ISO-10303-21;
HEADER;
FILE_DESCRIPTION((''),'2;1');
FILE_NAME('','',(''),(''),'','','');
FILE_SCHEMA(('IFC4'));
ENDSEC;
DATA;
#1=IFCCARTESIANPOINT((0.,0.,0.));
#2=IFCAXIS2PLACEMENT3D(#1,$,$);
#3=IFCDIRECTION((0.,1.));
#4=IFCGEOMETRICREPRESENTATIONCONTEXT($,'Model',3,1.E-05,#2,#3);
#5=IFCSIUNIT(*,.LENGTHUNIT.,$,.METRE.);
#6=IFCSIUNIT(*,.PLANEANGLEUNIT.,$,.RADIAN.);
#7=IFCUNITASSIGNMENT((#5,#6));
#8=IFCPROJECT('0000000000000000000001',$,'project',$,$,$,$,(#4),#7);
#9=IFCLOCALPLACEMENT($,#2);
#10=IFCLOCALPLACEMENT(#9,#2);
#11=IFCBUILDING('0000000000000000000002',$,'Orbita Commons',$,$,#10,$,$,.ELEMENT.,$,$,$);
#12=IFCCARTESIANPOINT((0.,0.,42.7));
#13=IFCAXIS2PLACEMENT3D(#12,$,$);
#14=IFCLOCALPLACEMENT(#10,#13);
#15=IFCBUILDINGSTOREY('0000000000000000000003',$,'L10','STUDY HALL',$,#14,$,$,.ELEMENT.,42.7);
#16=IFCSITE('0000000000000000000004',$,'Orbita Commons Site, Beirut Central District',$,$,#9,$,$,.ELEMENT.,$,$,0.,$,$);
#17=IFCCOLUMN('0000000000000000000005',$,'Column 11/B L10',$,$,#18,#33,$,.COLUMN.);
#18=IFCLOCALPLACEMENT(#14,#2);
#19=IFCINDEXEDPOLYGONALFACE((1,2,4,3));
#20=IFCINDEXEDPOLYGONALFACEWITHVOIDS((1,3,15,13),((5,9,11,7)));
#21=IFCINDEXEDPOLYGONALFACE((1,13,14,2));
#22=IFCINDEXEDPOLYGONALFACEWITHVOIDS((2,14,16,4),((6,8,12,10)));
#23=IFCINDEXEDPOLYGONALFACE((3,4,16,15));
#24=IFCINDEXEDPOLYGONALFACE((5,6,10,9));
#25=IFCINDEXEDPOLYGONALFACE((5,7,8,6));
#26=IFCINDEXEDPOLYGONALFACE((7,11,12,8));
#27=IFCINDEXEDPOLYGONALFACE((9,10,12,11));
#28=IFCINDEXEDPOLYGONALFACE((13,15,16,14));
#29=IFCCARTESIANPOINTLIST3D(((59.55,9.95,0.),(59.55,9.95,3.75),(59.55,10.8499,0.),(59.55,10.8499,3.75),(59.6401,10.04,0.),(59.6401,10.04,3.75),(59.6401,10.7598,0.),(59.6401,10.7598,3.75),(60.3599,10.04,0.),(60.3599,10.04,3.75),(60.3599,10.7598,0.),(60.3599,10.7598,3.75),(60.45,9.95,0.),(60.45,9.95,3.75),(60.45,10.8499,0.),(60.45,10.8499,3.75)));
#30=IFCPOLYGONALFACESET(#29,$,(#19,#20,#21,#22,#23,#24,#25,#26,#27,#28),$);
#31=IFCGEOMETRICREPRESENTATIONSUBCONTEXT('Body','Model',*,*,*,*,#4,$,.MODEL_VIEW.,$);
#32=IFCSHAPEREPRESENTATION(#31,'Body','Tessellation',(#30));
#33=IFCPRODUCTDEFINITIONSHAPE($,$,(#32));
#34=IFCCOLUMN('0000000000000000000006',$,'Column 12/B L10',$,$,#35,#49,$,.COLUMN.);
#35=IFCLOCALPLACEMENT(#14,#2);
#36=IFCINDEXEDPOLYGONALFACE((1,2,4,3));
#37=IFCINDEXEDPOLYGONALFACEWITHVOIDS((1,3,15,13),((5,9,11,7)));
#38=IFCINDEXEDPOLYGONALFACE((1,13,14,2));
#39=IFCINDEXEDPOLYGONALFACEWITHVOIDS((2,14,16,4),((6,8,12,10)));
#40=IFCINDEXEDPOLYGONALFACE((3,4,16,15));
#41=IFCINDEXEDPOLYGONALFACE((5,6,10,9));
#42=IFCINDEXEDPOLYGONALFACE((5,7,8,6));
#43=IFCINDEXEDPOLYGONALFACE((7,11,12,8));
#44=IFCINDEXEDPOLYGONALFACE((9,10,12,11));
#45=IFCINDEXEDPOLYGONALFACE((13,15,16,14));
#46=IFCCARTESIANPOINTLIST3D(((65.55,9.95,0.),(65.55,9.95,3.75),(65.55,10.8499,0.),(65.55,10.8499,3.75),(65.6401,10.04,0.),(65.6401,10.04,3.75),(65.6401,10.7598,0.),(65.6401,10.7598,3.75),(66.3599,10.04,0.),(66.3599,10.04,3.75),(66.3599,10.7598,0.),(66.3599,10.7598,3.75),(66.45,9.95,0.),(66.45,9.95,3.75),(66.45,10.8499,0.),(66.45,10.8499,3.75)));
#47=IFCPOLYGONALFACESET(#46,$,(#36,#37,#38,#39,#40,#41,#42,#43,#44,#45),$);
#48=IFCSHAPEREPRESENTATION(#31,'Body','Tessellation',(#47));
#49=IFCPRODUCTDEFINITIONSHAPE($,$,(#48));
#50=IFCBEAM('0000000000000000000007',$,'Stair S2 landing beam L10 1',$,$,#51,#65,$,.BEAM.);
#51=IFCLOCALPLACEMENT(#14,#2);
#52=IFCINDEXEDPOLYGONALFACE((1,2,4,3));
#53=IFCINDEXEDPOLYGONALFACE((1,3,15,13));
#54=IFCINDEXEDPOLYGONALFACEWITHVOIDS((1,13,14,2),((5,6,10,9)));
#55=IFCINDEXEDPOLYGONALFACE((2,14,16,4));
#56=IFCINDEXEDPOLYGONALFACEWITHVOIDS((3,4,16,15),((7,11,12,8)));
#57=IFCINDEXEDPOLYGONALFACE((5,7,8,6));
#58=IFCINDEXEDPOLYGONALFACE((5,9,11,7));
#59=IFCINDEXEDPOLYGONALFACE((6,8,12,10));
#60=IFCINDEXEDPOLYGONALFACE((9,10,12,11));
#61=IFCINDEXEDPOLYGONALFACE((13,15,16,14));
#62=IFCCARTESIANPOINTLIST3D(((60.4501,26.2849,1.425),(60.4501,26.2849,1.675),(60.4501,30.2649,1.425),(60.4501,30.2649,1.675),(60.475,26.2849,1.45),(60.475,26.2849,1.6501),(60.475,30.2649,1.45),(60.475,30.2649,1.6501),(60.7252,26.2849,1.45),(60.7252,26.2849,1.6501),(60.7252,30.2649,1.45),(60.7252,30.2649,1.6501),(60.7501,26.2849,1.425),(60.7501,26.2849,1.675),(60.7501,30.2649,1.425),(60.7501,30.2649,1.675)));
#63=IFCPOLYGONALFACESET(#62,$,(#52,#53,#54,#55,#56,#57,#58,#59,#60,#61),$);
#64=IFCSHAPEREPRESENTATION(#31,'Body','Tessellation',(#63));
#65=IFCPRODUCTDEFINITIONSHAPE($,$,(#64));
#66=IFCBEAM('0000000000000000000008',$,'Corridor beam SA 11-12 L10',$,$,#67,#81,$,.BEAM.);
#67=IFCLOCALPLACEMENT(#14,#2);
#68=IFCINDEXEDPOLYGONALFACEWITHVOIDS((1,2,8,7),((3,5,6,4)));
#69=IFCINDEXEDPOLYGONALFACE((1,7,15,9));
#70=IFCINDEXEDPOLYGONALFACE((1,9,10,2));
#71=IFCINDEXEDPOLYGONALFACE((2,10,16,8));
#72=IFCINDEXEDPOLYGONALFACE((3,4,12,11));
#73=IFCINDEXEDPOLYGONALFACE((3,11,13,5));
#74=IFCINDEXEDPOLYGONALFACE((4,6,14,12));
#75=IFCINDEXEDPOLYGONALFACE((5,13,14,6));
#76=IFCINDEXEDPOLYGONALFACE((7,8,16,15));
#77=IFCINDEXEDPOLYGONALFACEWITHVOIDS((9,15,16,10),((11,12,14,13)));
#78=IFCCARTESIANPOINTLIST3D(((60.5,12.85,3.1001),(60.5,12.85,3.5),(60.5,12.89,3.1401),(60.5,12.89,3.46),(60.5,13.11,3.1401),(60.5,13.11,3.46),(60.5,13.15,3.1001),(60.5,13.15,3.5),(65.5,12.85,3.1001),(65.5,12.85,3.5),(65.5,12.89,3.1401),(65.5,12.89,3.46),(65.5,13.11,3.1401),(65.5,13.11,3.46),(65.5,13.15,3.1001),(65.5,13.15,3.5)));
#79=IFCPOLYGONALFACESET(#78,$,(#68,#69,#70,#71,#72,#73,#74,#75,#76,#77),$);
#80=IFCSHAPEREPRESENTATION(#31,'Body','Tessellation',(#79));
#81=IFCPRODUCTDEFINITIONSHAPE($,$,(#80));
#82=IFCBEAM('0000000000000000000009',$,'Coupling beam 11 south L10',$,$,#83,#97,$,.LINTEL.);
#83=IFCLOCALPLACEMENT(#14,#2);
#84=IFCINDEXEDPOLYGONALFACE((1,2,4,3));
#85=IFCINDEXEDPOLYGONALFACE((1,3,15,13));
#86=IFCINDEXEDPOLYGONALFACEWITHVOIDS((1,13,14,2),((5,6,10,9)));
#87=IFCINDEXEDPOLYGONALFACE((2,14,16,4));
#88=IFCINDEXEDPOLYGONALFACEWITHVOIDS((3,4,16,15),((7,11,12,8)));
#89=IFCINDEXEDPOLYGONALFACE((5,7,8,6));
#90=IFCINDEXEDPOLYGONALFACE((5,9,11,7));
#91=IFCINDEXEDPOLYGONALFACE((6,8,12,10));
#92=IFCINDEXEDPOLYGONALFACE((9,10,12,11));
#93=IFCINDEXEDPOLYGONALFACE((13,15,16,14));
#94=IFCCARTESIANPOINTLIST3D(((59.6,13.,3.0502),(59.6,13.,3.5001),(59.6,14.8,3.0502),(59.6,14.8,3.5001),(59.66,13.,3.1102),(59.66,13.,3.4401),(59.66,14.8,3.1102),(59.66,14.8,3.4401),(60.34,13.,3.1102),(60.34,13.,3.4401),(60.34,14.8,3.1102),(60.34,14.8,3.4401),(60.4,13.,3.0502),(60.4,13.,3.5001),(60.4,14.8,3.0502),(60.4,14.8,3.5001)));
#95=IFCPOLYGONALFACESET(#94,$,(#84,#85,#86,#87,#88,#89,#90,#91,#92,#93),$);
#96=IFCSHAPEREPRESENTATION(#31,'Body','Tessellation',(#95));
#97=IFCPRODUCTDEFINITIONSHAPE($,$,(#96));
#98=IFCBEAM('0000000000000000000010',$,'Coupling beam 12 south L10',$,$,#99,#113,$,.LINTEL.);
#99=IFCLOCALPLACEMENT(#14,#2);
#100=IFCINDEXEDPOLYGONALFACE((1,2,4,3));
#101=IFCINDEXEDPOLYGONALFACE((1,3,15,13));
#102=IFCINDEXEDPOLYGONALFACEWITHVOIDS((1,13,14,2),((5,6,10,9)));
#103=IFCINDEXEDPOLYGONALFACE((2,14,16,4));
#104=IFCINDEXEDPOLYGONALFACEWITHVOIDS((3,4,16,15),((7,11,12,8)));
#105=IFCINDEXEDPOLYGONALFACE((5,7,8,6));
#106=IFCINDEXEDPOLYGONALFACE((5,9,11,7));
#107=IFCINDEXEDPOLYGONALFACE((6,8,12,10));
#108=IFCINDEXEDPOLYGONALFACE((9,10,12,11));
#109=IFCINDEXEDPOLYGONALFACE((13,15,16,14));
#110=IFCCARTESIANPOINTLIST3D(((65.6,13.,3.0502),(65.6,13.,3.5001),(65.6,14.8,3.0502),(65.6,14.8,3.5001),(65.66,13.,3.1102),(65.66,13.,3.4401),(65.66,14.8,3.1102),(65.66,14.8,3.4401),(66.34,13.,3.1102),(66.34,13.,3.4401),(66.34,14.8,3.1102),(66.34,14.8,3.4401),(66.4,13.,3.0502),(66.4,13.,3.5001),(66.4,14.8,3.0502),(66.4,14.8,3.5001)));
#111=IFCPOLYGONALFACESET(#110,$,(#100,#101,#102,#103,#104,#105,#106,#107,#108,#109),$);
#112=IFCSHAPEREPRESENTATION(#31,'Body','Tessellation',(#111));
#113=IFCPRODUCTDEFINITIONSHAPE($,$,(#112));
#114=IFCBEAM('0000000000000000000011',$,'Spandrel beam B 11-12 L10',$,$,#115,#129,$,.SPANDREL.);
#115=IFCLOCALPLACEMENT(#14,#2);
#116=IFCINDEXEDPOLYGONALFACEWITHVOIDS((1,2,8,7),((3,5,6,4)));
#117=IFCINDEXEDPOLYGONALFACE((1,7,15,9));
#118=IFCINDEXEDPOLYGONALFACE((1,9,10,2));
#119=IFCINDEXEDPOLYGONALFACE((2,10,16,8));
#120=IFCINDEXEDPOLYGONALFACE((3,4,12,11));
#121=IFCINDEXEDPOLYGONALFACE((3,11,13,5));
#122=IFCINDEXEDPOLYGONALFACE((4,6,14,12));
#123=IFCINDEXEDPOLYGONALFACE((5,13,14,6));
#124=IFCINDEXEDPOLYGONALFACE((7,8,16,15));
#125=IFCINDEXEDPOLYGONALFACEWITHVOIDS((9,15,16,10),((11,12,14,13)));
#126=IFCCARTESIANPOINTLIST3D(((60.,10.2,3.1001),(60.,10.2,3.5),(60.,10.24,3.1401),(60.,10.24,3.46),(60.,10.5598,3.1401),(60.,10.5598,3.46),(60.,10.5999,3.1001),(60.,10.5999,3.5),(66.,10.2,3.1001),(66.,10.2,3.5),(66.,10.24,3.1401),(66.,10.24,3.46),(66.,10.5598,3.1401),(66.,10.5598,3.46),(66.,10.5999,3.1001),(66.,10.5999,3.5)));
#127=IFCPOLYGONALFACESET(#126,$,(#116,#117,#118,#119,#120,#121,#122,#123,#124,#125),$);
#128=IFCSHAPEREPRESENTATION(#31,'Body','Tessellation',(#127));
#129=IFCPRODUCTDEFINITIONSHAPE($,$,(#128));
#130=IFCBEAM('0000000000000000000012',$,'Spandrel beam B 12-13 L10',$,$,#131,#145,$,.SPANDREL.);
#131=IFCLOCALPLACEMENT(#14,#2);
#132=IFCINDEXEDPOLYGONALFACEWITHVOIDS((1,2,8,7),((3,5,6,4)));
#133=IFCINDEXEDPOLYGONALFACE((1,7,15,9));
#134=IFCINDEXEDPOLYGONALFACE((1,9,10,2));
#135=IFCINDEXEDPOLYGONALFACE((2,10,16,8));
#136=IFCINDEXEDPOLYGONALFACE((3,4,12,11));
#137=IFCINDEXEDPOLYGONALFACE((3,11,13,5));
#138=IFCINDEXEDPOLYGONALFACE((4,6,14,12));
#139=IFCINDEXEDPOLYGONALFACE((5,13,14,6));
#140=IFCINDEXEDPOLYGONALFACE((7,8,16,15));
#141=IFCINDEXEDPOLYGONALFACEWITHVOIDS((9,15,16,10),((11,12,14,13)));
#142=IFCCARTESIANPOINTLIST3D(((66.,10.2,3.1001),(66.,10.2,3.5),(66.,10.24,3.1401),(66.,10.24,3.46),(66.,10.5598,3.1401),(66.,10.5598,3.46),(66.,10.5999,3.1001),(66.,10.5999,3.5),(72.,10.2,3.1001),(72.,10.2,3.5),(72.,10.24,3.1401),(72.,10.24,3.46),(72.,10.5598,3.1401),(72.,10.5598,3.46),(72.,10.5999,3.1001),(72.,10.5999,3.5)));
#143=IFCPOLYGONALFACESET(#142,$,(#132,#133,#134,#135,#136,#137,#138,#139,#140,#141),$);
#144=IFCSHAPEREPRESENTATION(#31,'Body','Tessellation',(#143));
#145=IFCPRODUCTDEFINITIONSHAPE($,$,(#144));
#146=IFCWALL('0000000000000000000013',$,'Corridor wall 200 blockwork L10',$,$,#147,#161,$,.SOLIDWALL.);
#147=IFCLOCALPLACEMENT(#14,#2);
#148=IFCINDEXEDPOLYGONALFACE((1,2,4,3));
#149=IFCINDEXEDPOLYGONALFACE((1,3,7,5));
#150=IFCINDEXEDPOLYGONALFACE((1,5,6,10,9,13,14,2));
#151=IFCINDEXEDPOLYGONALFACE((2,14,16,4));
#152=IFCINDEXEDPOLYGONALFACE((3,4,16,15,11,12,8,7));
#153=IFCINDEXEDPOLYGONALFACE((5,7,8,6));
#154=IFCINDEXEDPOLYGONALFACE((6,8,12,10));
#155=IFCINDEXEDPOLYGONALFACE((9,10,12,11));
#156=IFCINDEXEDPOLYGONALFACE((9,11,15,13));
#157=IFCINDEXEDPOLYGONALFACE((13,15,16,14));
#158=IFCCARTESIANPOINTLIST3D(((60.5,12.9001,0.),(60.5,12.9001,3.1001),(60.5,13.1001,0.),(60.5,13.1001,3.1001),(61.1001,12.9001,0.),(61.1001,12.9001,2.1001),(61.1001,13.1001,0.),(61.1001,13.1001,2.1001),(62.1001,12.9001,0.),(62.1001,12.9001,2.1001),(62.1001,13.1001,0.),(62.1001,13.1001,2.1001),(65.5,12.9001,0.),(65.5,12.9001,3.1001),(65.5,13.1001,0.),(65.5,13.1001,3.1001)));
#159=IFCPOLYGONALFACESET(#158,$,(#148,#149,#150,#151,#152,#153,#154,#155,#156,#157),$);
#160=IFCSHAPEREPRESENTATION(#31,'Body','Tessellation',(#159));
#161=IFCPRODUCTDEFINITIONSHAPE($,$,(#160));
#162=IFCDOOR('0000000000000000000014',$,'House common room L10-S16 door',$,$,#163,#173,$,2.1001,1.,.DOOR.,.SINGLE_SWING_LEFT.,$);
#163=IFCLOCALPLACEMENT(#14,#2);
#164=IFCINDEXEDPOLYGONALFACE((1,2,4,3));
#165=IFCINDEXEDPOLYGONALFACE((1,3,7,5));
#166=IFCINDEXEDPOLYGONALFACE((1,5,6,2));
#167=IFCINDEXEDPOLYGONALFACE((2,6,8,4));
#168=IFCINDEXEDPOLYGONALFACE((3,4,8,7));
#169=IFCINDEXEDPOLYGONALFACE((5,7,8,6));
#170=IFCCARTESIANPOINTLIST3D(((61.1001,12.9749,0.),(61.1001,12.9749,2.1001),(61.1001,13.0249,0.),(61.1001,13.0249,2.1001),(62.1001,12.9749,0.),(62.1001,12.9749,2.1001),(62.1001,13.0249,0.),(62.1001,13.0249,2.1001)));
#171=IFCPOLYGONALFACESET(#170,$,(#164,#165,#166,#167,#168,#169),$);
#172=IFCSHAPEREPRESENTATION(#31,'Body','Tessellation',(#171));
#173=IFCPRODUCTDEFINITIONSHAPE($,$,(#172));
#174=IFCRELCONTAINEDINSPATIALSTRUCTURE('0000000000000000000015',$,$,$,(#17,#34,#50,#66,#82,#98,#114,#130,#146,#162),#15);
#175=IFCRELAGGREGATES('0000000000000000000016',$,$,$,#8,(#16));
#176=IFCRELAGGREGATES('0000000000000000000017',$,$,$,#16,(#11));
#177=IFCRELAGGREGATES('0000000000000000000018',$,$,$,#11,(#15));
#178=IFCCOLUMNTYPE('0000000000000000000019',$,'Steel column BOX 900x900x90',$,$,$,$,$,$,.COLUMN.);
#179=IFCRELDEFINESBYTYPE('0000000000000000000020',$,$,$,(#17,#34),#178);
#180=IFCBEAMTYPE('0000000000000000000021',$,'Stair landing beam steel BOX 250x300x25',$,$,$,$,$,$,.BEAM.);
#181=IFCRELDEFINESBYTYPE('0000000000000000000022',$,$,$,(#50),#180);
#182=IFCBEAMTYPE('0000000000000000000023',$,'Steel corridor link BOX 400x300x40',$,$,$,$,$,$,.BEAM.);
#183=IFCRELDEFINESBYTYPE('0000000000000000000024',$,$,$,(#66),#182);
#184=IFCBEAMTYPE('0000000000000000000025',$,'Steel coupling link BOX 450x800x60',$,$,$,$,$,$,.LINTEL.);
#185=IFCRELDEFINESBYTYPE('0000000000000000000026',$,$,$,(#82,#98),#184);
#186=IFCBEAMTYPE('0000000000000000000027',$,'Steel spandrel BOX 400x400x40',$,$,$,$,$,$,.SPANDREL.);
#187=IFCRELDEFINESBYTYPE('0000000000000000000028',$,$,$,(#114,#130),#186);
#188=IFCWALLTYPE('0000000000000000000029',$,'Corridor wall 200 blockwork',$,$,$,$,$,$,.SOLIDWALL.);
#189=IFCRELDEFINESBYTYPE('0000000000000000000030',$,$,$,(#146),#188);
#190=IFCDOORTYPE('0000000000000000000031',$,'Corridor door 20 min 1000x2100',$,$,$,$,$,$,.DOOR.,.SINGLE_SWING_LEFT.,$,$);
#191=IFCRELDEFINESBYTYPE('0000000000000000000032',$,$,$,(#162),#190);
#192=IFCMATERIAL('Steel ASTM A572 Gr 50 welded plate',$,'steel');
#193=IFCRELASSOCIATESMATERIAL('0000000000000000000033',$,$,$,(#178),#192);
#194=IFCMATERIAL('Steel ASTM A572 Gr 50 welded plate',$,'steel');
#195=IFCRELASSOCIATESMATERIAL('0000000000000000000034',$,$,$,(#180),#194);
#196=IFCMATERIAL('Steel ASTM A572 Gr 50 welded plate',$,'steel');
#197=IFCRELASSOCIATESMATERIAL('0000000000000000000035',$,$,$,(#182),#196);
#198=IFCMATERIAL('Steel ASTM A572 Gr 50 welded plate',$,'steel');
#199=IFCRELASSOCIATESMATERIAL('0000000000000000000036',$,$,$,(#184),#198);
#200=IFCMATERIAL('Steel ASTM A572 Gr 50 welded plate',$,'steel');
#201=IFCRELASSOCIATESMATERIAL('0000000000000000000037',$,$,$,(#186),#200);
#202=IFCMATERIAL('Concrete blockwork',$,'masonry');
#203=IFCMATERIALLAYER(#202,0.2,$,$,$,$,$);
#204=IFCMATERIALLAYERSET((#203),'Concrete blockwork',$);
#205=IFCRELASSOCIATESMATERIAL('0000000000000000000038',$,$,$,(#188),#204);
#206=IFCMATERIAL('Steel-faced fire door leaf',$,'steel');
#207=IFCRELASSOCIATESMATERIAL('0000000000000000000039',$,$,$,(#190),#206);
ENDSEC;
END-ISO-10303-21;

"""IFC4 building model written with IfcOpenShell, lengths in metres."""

from ifc_helpers import new_model, si_unit, direction, frame, frame_2d, origin, origin_2d, place, context, subcontext, project, spatial, polyline, rectangle, hollow_rectangle, outline, extrude, material, layer, layer_set, material_profile, profile_set, type_object, element, fill, save


model = new_model("IFC4")

# Units and contexts
model_context = context("Model", 3, precision=1e-05, world=origin(), true_north=direction((0.0, 1.0)))
body_context = subcontext(model_context, "Body", "Model", "MODEL_VIEW")
ifc_project = project(units=[si_unit("LENGTHUNIT", "METRE"), si_unit("PLANEANGLEUNIT", "RADIAN")], contexts=[model_context])

# Site, building, storey
site_placement = place(None, origin())
site = spatial("IfcSite", under=ifc_project, at=site_placement, Name="Orbita Commons Site, Beirut Central District", CompositionType="ELEMENT", RefElevation=0.0)
building_placement = place(site_placement, origin())
building = spatial("IfcBuilding", under=site, at=building_placement, Name="Orbita Commons", CompositionType="ELEMENT")
storey_placement = place(building_placement, frame((0.0, 0.0, 42.7)))
storey = spatial("IfcBuildingStorey", under=building, at=storey_placement, Name="L10", Description="STUDY HALL", CompositionType="ELEMENT", Elevation=42.7)

# Columns
ifc_material_1 = material(Name="Steel ASTM A572 Gr 50 welded plate", Category="steel")
ifc_material_profile_1 = material_profile(ifc_material_1, hollow_rectangle(XDim=0.8999, YDim=0.8999, WallThickness=0.0901, at=origin_2d()), Name="BOX 900x900x90")
ifc_profile_set_1 = profile_set([ifc_material_profile_1], Name="Steel ASTM A572 Gr 50 welded plate")
column_type = type_object("IfcColumnType", Name="Steel column BOX 900x900x90", PredefinedType="COLUMN", material=ifc_profile_set_1)
for number, where, z_axis, x_axis, name in (
    (1, (60.0, 10.3999, 0.0), (0.0, 0.0, 1.0), (1.0, 0.0, 0.0), "Column 11/B L10"),
    (2, (66.0, 10.3999, 0.0), (0.0, 0.0, 1.0), (1.0, 0.0, 0.0), "Column 12/B L10"),
):
    element("IfcColumn", number, at=place(storey_placement, frame(where, z_axis=z_axis, x_axis=x_axis)), inside=storey, type_object=column_type, Name=name, PredefinedType="COLUMN", context=body_context, shape_type="SweptSolid", body=[
        extrude(hollow_rectangle(XDim=0.8999, YDim=0.8999, WallThickness=0.0901, at=origin_2d()), origin(), (0.0, 0.0, 1.0), 3.75),
    ])

# Beams
ifc_material_2 = material(Name="Steel ASTM A572 Gr 50 welded plate", Category="steel")
ifc_material_profile_2 = material_profile(ifc_material_2, hollow_rectangle(XDim=0.3, YDim=0.25, WallThickness=0.0249, at=origin_2d()), Name="BOX 250x300x25")
ifc_profile_set_2 = profile_set([ifc_material_profile_2], Name="Steel ASTM A572 Gr 50 welded plate")
beam_type_1 = type_object("IfcBeamType", Name="Stair landing beam steel BOX 250x300x25", PredefinedType="BEAM", material=ifc_profile_set_2)
beam_1_placement = place(storey_placement, frame((60.6001, 26.2849, 1.55), z_axis=(0.0, 1.0, 0.0), x_axis=(-1.0, 0.0, 0.0)))
element("IfcBeam", 3, at=beam_1_placement, inside=storey, type_object=beam_type_1, Name="Stair S2 landing beam L10 1", PredefinedType="BEAM", context=body_context, shape_type="SweptSolid", body=[
    extrude(hollow_rectangle(XDim=0.3, YDim=0.25, WallThickness=0.0249, at=origin_2d()), origin(), (0.0, 0.0, 1.0), 3.98),
])
ifc_material_3 = material(Name="Steel ASTM A572 Gr 50 welded plate", Category="steel")
ifc_material_profile_3 = material_profile(ifc_material_3, hollow_rectangle(XDim=0.3, YDim=0.3999, WallThickness=0.04, at=origin_2d()), Name="BOX 400x300x40")
ifc_profile_set_3 = profile_set([ifc_material_profile_3], Name="Steel ASTM A572 Gr 50 welded plate")
beam_type_2 = type_object("IfcBeamType", Name="Steel corridor link BOX 400x300x40", PredefinedType="BEAM", material=ifc_profile_set_3)
beam_2_placement = place(storey_placement, frame((60.5, 13.0, 3.3), z_axis=(1.0, 0.0, 0.0), x_axis=(0.0, 1.0, 0.0)))
element("IfcBeam", 4, at=beam_2_placement, inside=storey, type_object=beam_type_2, Name="Corridor beam SA 11-12 L10", PredefinedType="BEAM", context=body_context, shape_type="SweptSolid", body=[
    extrude(hollow_rectangle(XDim=0.3, YDim=0.3999, WallThickness=0.04, at=origin_2d()), origin(), (0.0, 0.0, 1.0), 5.0),
])
ifc_material_4 = material(Name="Steel ASTM A572 Gr 50 welded plate", Category="steel")
ifc_material_profile_4 = material_profile(ifc_material_4, hollow_rectangle(XDim=0.8, YDim=0.45, WallThickness=0.0601, at=origin_2d()), Name="BOX 450x800x60")
ifc_profile_set_4 = profile_set([ifc_material_profile_4], Name="Steel ASTM A572 Gr 50 welded plate")
beam_type_3 = type_object("IfcBeamType", Name="Steel coupling link BOX 450x800x60", PredefinedType="LINTEL", material=ifc_profile_set_4)
for number, where, z_axis, x_axis, name in (
    (5, (60.0, 13.0, 3.2751), (0.0, 1.0, 0.0), (-1.0, 0.0, 0.0), "Coupling beam 11 south L10"),
    (6, (66.0, 13.0, 3.2751), (0.0, 1.0, 0.0), (-1.0, 0.0, 0.0), "Coupling beam 12 south L10"),
):
    element("IfcBeam", number, at=place(storey_placement, frame(where, z_axis=z_axis, x_axis=x_axis)), inside=storey, type_object=beam_type_3, Name=name, PredefinedType="LINTEL", context=body_context, shape_type="SweptSolid", body=[
        extrude(hollow_rectangle(XDim=0.8, YDim=0.45, WallThickness=0.0601, at=origin_2d()), origin(), (0.0, 0.0, 1.0), 1.8),
    ])
ifc_material_5 = material(Name="Steel ASTM A572 Gr 50 welded plate", Category="steel")
ifc_material_profile_5 = material_profile(ifc_material_5, hollow_rectangle(XDim=0.3999, YDim=0.3999, WallThickness=0.04, at=origin_2d()), Name="BOX 400x400x40")
ifc_profile_set_5 = profile_set([ifc_material_profile_5], Name="Steel ASTM A572 Gr 50 welded plate")
beam_type_4 = type_object("IfcBeamType", Name="Steel spandrel BOX 400x400x40", PredefinedType="SPANDREL", material=ifc_profile_set_5)
for number, where, z_axis, x_axis, name in (
    (7, (60.0, 10.3999, 3.3), (1.0, 0.0, 0.0), (0.0, 1.0, 0.0), "Spandrel beam B 11-12 L10"),
    (8, (66.0, 10.3999, 3.3), (1.0, 0.0, 0.0), (0.0, 1.0, 0.0), "Spandrel beam B 12-13 L10"),
):
    element("IfcBeam", number, at=place(storey_placement, frame(where, z_axis=z_axis, x_axis=x_axis)), inside=storey, type_object=beam_type_4, Name=name, PredefinedType="SPANDREL", context=body_context, shape_type="SweptSolid", body=[
        extrude(hollow_rectangle(XDim=0.3999, YDim=0.3999, WallThickness=0.04, at=origin_2d()), origin(), (0.0, 0.0, 1.0), 6.0),
    ])

# Wall, opening, door
ifc_material_6 = material(Name="Concrete blockwork", Category="masonry")
ifc_layer_1 = layer(ifc_material_6, 0.2)
ifc_layer_set_1 = layer_set([ifc_layer_1], Name="Concrete blockwork")
wall_type_1 = type_object("IfcWallType", Name="Corridor wall 200 blockwork", PredefinedType="SOLIDWALL", material=ifc_layer_set_1)
wall_1_placement = place(storey_placement, frame((60.5, 13.0, 0.0), z_axis=(0.0, 0.0, 1.0), x_axis=(1.0, 0.0, 0.0)))
wall_1 = element("IfcWall", 9, at=wall_1_placement, inside=storey, type_object=wall_type_1, Name="Corridor wall 200 blockwork L10", PredefinedType="SOLIDWALL", context=body_context, shape_type="SweptSolid", body=[
    extrude(outline(polyline([(0.0, 0.0), (5.0, 0.0), (5.0, 3.1001), (0.0, 3.1001), (0.0, 0.0)])), frame((0.0, 0.1001, 0.0), z_axis=(0.0, -1.0, 0.0), x_axis=(1.0, 0.0, 0.0)), (0.0, 0.0, 1.0), 0.2),
])
opening_1_placement = place(wall_1_placement, frame((0.6001, 0.0, 0.0)))
opening_1 = element("IfcOpeningElement", 10, at=opening_1_placement, cuts=wall_1, PredefinedType="OPENING", context=body_context, shape_type="SweptSolid", body=[
    extrude(rectangle(XDim=1.0, YDim=2.1001, at=frame_2d((0.5, 1.05))), frame((0.0, 0.1099, 0.0), z_axis=(0.0, -1.0, 0.0), x_axis=(1.0, 0.0, 0.0)), (0.0, 0.0, 1.0), 0.22),
])
ifc_material_7 = material(Name="Steel-faced fire door leaf", Category="steel")
door_type = type_object("IfcDoorType", Name="Corridor door 20 min 1000x2100", OperationType="SINGLE_SWING_LEFT", PredefinedType="DOOR", material=ifc_material_7)
door_1_placement = place(opening_1_placement, origin())
door_1 = element("IfcDoor", 11, at=door_1_placement, inside=storey, type_object=door_type, Name="House common room L10-S16 door", OperationType="SINGLE_SWING_LEFT", OverallHeight=2.1001, OverallWidth=1.0, PredefinedType="DOOR", context=body_context, shape_type="SweptSolid", body=[
    extrude(rectangle(XDim=1.0, YDim=2.1001, at=frame_2d((0.5, 1.05))), frame((0.0, 0.0249, 0.0), z_axis=(0.0, -1.0, 0.0), x_axis=(1.0, 0.0, 0.0)), (0.0, 0.0, 1.0), 0.05),
])
fill(opening_1, door_1)

save(model, "model.ifc")
